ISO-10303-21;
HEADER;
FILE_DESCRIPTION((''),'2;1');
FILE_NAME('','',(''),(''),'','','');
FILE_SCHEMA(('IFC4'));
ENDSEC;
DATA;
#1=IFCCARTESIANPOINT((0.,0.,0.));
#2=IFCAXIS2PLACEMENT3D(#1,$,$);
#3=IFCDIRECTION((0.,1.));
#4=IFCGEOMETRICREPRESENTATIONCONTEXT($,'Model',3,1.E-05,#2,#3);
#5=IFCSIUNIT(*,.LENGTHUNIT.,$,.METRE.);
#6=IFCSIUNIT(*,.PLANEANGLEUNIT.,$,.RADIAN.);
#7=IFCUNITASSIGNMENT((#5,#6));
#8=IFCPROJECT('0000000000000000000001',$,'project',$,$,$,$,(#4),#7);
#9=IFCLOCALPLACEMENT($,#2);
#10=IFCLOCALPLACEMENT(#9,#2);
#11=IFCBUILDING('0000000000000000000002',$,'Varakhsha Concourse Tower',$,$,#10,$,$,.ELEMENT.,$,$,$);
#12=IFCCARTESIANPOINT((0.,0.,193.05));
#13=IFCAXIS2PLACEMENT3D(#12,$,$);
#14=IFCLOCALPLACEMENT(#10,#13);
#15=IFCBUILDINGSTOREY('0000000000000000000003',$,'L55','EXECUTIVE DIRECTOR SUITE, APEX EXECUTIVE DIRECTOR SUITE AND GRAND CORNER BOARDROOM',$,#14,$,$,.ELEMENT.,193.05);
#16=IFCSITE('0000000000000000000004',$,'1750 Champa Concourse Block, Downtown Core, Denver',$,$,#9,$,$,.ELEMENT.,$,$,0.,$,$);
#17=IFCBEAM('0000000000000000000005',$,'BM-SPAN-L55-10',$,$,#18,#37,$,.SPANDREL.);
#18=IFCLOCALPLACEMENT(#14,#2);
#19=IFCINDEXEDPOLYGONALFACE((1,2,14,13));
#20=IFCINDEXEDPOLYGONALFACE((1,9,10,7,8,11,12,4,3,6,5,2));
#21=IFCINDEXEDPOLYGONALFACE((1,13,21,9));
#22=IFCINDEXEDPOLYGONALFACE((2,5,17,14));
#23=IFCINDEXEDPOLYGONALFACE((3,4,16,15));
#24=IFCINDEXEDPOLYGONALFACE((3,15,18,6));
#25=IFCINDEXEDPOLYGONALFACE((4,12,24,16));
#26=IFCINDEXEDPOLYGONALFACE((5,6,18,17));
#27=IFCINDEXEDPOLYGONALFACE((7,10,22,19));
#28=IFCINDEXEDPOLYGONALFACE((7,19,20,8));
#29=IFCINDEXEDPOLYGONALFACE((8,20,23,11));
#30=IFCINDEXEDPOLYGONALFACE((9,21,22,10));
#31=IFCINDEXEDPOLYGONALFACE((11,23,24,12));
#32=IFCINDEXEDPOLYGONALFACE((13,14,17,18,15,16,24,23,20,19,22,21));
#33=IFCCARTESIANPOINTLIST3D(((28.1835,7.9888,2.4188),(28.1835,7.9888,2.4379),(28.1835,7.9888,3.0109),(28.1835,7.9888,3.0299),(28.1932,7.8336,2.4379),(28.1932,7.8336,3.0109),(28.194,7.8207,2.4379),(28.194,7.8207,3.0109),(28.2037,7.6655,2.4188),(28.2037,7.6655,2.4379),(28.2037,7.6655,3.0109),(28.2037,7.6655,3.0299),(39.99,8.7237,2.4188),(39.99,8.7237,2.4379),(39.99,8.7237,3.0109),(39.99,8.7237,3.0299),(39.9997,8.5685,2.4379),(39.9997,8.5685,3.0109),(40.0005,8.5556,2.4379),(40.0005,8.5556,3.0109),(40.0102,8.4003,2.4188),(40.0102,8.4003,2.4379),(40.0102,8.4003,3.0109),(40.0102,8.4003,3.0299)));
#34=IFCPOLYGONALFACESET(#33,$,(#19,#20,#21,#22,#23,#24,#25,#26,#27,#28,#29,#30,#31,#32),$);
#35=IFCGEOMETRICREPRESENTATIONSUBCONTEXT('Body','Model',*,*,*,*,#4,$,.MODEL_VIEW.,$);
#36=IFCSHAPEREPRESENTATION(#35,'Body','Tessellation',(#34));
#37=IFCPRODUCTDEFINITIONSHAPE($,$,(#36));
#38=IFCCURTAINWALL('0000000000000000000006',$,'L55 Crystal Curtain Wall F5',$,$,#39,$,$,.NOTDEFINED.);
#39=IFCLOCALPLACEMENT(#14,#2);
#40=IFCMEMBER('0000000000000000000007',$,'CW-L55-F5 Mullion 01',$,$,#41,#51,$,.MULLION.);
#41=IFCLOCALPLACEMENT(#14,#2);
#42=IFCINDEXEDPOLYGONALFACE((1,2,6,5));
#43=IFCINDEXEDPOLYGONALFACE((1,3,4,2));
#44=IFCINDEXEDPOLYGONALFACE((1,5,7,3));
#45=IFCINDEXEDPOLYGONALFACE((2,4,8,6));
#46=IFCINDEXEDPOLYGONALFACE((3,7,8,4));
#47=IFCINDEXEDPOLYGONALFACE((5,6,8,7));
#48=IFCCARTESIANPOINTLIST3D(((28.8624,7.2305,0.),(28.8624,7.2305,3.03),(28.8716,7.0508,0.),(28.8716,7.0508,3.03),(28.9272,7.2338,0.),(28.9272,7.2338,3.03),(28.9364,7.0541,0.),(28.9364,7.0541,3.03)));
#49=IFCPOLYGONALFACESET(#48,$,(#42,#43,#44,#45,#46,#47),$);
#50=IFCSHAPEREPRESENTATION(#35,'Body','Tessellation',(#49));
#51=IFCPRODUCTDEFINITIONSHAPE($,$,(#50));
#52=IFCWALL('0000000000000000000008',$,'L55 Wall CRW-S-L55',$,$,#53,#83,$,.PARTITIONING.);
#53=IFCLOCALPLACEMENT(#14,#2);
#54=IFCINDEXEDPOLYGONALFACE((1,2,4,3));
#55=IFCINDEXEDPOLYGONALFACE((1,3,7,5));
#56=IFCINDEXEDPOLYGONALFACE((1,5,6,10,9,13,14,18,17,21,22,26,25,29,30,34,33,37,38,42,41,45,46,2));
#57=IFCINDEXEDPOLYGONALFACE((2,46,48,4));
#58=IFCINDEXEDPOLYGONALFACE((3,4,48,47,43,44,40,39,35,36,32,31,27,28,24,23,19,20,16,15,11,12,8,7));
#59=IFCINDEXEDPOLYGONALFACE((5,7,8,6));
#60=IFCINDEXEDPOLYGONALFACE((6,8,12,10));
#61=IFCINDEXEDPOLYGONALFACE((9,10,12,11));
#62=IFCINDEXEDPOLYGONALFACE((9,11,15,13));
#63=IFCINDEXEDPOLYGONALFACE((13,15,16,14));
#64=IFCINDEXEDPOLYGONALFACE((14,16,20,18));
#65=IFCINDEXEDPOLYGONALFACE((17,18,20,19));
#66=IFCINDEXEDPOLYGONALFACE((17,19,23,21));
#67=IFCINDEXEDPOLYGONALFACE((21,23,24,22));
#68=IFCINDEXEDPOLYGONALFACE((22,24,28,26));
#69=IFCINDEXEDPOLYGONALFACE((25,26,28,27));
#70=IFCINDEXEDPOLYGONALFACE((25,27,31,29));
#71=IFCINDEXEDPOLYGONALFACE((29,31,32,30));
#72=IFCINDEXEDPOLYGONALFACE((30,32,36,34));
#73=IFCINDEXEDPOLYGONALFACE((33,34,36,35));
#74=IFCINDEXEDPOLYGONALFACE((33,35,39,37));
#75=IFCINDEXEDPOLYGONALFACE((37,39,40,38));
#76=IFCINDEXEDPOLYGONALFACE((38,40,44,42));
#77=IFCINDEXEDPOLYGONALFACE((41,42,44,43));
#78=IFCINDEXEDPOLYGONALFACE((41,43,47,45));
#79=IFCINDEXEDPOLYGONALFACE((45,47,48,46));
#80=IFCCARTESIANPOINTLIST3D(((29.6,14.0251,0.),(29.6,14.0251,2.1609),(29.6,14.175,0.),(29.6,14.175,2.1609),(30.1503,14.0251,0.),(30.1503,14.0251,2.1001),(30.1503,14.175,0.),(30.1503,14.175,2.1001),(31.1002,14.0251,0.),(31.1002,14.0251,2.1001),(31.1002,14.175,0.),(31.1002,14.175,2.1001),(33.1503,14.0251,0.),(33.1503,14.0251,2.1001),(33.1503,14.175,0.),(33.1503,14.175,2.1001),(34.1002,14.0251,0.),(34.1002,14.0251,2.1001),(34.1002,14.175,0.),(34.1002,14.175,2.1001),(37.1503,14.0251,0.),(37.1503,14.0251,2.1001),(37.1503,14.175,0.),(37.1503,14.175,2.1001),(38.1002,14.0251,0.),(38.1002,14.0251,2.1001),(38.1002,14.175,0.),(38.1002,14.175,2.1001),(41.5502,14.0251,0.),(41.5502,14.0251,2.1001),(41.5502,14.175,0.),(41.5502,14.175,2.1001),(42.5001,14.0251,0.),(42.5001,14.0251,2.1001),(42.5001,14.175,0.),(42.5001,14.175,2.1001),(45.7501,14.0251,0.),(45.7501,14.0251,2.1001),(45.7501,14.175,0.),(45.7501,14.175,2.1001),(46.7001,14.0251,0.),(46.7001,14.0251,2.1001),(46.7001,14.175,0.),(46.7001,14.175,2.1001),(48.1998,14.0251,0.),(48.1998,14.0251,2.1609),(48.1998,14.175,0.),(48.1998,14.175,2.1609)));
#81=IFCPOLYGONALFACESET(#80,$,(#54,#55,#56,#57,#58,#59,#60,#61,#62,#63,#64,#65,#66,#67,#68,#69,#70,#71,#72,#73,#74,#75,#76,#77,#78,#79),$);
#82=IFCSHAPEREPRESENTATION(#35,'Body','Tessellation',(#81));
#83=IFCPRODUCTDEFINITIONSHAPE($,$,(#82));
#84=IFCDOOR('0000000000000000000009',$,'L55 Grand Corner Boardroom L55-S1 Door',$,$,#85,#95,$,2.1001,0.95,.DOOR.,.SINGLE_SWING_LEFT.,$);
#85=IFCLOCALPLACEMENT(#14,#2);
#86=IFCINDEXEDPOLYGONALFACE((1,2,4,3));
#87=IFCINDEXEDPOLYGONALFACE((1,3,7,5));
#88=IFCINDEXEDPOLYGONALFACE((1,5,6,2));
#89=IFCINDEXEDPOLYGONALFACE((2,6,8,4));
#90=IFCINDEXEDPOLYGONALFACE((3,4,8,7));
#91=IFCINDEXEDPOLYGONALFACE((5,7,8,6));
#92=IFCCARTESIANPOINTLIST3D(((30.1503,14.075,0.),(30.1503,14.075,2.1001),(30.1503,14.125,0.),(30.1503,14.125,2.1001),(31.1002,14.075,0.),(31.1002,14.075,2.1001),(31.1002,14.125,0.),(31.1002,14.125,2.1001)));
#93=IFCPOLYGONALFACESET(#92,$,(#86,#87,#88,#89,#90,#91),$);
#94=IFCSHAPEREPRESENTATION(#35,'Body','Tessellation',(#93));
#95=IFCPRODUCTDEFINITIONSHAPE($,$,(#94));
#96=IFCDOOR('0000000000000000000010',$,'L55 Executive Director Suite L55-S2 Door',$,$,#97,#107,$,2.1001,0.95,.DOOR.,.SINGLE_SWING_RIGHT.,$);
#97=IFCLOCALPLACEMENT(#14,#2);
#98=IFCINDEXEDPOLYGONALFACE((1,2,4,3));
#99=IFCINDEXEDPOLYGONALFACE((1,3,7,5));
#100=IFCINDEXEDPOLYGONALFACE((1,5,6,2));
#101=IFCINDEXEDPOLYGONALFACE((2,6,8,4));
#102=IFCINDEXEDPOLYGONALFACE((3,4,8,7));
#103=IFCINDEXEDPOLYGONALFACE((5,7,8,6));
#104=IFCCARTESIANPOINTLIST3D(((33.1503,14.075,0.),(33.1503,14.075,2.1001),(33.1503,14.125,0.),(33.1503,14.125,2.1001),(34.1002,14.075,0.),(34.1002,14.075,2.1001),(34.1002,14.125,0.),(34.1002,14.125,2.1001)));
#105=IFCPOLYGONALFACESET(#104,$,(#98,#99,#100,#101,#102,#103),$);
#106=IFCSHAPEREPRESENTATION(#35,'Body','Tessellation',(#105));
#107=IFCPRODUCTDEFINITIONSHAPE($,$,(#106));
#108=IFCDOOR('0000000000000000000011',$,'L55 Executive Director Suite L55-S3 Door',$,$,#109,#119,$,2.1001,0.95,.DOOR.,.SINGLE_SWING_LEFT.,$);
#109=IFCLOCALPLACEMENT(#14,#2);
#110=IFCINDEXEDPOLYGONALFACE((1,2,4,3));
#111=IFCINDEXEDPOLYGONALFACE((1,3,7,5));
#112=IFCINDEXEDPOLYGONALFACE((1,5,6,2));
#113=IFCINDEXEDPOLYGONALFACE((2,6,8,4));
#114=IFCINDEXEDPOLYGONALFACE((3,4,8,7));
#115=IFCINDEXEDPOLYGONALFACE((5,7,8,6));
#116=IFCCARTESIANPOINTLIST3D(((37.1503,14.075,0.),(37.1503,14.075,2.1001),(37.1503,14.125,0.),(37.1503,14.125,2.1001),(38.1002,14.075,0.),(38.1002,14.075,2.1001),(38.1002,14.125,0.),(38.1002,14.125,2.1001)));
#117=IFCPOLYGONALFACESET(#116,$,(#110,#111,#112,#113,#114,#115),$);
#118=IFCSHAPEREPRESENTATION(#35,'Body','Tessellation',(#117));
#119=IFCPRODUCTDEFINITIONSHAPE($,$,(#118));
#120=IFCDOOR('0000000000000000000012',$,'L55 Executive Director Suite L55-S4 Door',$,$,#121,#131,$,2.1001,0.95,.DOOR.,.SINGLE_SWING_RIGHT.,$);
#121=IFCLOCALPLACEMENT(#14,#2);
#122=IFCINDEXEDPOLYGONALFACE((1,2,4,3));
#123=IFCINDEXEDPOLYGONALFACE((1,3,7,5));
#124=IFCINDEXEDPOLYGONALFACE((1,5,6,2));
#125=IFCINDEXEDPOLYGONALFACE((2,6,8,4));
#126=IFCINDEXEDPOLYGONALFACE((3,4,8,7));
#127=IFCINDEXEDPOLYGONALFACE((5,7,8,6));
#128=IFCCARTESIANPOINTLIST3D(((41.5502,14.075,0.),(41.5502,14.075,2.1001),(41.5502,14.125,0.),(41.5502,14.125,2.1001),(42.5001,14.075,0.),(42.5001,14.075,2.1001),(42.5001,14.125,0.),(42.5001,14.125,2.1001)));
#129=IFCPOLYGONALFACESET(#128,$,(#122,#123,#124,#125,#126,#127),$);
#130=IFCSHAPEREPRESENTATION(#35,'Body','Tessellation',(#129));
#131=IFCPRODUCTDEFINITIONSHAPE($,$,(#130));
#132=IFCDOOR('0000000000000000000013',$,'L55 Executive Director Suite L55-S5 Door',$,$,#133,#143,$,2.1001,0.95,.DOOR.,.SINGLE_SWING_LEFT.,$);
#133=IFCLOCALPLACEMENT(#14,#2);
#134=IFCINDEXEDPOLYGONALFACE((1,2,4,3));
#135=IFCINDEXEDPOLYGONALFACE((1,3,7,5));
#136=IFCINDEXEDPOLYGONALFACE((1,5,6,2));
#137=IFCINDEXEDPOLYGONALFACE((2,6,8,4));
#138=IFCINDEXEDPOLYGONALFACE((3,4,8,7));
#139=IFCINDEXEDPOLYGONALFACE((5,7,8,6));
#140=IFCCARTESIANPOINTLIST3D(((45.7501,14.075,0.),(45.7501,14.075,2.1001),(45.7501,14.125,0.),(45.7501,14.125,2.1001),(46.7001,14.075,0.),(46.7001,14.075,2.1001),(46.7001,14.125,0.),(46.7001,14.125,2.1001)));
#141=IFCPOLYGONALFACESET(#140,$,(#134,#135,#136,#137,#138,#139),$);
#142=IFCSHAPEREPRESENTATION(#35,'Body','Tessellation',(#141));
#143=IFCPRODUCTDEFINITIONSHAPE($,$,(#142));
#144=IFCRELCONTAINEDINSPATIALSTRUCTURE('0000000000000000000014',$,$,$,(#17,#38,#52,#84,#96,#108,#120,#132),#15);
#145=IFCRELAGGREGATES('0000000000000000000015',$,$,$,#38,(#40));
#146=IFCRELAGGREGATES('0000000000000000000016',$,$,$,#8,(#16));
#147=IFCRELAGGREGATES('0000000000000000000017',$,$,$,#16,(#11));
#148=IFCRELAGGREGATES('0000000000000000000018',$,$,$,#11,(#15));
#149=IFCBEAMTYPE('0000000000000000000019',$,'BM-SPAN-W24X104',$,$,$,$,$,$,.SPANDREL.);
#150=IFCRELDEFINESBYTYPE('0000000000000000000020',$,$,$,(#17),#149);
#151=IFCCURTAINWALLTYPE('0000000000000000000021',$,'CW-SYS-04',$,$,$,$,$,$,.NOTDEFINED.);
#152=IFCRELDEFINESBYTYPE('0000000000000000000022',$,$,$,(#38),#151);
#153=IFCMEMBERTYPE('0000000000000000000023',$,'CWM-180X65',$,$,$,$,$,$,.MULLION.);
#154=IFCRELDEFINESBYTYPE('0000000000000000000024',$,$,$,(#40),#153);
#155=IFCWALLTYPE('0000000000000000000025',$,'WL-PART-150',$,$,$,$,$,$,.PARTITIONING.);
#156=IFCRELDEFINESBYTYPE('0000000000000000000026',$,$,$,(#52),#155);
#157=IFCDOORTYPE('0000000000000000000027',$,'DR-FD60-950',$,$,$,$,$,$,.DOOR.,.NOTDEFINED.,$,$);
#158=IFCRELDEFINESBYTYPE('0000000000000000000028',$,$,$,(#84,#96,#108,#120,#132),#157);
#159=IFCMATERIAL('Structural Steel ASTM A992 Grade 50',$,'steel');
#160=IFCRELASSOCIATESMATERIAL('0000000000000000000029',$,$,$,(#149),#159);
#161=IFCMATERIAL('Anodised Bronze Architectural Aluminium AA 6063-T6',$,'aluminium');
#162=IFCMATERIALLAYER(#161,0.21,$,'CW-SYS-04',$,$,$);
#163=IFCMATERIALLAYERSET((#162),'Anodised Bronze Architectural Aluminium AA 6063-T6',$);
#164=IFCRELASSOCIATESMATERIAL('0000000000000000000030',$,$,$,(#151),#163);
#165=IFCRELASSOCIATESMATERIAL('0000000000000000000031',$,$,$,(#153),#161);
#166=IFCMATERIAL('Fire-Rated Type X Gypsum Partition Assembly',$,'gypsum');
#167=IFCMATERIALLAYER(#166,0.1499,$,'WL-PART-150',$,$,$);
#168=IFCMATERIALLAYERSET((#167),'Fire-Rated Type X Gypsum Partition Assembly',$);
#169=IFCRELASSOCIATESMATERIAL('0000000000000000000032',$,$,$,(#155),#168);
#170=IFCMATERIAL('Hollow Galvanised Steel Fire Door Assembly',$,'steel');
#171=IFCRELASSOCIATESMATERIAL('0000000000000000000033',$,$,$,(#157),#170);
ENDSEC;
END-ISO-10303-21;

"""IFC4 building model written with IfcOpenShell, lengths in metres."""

from ifc_helpers import new_model, si_unit, direction, frame, frame_2d, origin, origin_2d, place, context, subcontext, project, spatial, rectangle, i_section, extrude, source, transform, mapped, material, layer, layer_set, material_profile, profile_set, type_object, type_shapes, element, fill, aggregate, save


model = new_model("IFC4")

# Units and contexts
model_context = context("Model", 3, precision=1e-05, world=origin(), true_north=direction((0.0, 1.0)))
body_context = subcontext(model_context, "Body", "Model", "MODEL_VIEW")
ifc_project = project(units=[si_unit("LENGTHUNIT", "METRE"), si_unit("PLANEANGLEUNIT", "RADIAN")], contexts=[model_context])

# Site, building, storey
site_placement = place(None, origin())
site = spatial("IfcSite", under=ifc_project, at=site_placement, Name="1750 Champa Concourse Block, Downtown Core, Denver", CompositionType="ELEMENT", RefElevation=0.0)
building_placement = place(site_placement, origin())
building = spatial("IfcBuilding", under=site, at=building_placement, Name="Varakhsha Concourse Tower", CompositionType="ELEMENT")
storey_placement = place(building_placement, frame((0.0, 0.0, 193.05)))
storey = spatial("IfcBuildingStorey", under=building, at=storey_placement, Name="L55", Description="EXECUTIVE DIRECTOR SUITE, APEX EXECUTIVE DIRECTOR SUITE AND GRAND CORNER BOARDROOM", CompositionType="ELEMENT", Elevation=193.05)

# Shared definitions
ifc_material_1 = material(Name="Structural Steel ASTM A992 Grade 50", Category="steel")

# Beam
ifc_material_profile_1 = material_profile(ifc_material_1, i_section(OverallWidth=0.324, OverallDepth=0.6111, WebThickness=0.0129, FlangeThickness=0.019, at=origin_2d()), Name="W24X104")
ifc_profile_set_1 = profile_set([ifc_material_profile_1], Name="Structural Steel ASTM A992 Grade 50")
beam_type_1 = type_object("IfcBeamType", Name="BM-SPAN-W24X104", PredefinedType="SPANDREL", material=ifc_profile_set_1)
beam_1_placement = place(storey_placement, frame((28.1936, 7.8271, 2.7244), z_axis=(0.998069, 0.062123, 0.0), x_axis=(-0.062123, 0.998069, 0.0)))
element("IfcBeam", 1, at=beam_1_placement, inside=storey, type_object=beam_type_1, Name="BM-SPAN-L55-10", PredefinedType="SPANDREL", context=body_context, shape_type="SweptSolid", body=[
    extrude(i_section(OverallWidth=0.324, OverallDepth=0.6111, WebThickness=0.0129, FlangeThickness=0.019, at=origin_2d()), origin(), (0.0, 0.0, 1.0), 11.8293),
])

# Curtain wall, member
ifc_material_2 = material(Name="Anodised Bronze Architectural Aluminium AA 6063-T6", Category="aluminium")
ifc_layer_1 = layer(ifc_material_2, 0.21, Name="CW-SYS-04")
ifc_layer_set_1 = layer_set([ifc_layer_1], Name="Anodised Bronze Architectural Aluminium AA 6063-T6")
curtain_wall_type = type_object("IfcCurtainWallType", Name="CW-SYS-04", PredefinedType="NOTDEFINED", material=ifc_layer_set_1)
curtain_wall_placement = place(storey_placement, origin())
curtain_wall = element("IfcCurtainWall", 2, at=curtain_wall_placement, inside=storey, type_object=curtain_wall_type, Name="L55 Crystal Curtain Wall F5", PredefinedType="NOTDEFINED")
ifc_material_profile_2 = material_profile(ifc_material_2, rectangle(XDim=0.0649, YDim=0.1799, at=origin_2d()), Name="CWM-180X65")
ifc_profile_set_2 = profile_set([ifc_material_profile_2], Name="Anodised Bronze Architectural Aluminium AA 6063-T6")
member_type = type_object("IfcMemberType", Name="CWM-180X65", PredefinedType="MULLION", material=ifc_profile_set_2)
shared_shape = source(origin(), body_context, "Body", "SweptSolid", [
    extrude(rectangle(XDim=0.0649, YDim=0.1799, at=origin_2d()), origin(), (0.0, 0.0, 1.0), 3.03),
])
type_shapes(member_type, [shared_shape])
member_placement = place(storey_placement, frame((28.8994, 7.1423, 0.0), z_axis=(0.0, 0.0, 1.0), x_axis=(-0.998694, -0.051093, 0.0)))
member = element("IfcMember", 3, at=member_placement, type_object=member_type, Name="CW-L55-F5 Mullion 01", PredefinedType="MULLION", context=body_context, shape_type="MappedRepresentation", body=[
    mapped(shared_shape, transform((0.0, 0.0, 0.0), scale=1.0)),
])
aggregate(curtain_wall, [member])

# Wall, openings, doors
ifc_material_3 = material(Name="Fire-Rated Type X Gypsum Partition Assembly", Category="gypsum")
ifc_layer_2 = layer(ifc_material_3, 0.1499, Name="WL-PART-150")
ifc_layer_set_2 = layer_set([ifc_layer_2], Name="Fire-Rated Type X Gypsum Partition Assembly")
wall_type = type_object("IfcWallType", Name="WL-PART-150", PredefinedType="PARTITIONING", material=ifc_layer_set_2)
wall_1_placement = place(storey_placement, frame((29.6001, 14.1001, 0.0), z_axis=(0.0, 0.0, 1.0), x_axis=(1.0, 0.0, 0.0)))
wall_1 = element("IfcWall", 4, at=wall_1_placement, inside=storey, type_object=wall_type, Name="L55 Wall CRW-S-L55", PredefinedType="PARTITIONING", context=body_context, shape_type="SweptSolid", body=[
    extrude(rectangle(XDim=18.5999, YDim=0.1499, at=frame_2d((9.2998, 0.0))), origin(), (0.0, 0.0, 1.0), 2.1609),
])
opening_1_placement = place(wall_1_placement, frame((0.55, 0.0, 0.0)))
opening_1 = element("IfcOpeningElement", 5, at=opening_1_placement, cuts=wall_1, PredefinedType="OPENING", context=body_context, shape_type="SweptSolid", body=[
    extrude(rectangle(XDim=0.95, YDim=2.1001, at=frame_2d((0.4751, 1.05))), frame((0.0, 0.085, 0.0), z_axis=(0.0, -1.0, 0.0), x_axis=(1.0, 0.0, 0.0)), (0.0, 0.0, 1.0), 0.1699),
])
opening_2_placement = place(wall_1_placement, frame((3.55, 0.0, 0.0)))
opening_2 = element("IfcOpeningElement", 6, at=opening_2_placement, cuts=wall_1, PredefinedType="OPENING", context=body_context, shape_type="SweptSolid", body=[
    extrude(rectangle(XDim=0.95, YDim=2.1001, at=frame_2d((0.4751, 1.05))), frame((0.0, 0.085, 0.0), z_axis=(0.0, -1.0, 0.0), x_axis=(1.0, 0.0, 0.0)), (0.0, 0.0, 1.0), 0.1699),
])
opening_3_placement = place(wall_1_placement, frame((7.55, 0.0, 0.0)))
opening_3 = element("IfcOpeningElement", 7, at=opening_3_placement, cuts=wall_1, PredefinedType="OPENING", context=body_context, shape_type="SweptSolid", body=[
    extrude(rectangle(XDim=0.95, YDim=2.1001, at=frame_2d((0.4751, 1.05))), frame((0.0, 0.085, 0.0), z_axis=(0.0, -1.0, 0.0), x_axis=(1.0, 0.0, 0.0)), (0.0, 0.0, 1.0), 0.1699),
])
opening_4_placement = place(wall_1_placement, frame((11.95, 0.0, 0.0)))
opening_4 = element("IfcOpeningElement", 8, at=opening_4_placement, cuts=wall_1, PredefinedType="OPENING", context=body_context, shape_type="SweptSolid", body=[
    extrude(rectangle(XDim=0.95, YDim=2.1001, at=frame_2d((0.4751, 1.05))), frame((0.0, 0.085, 0.0), z_axis=(0.0, -1.0, 0.0), x_axis=(1.0, 0.0, 0.0)), (0.0, 0.0, 1.0), 0.1699),
])
opening_5_placement = place(wall_1_placement, frame((16.1499, 0.0, 0.0)))
opening_5 = element("IfcOpeningElement", 9, at=opening_5_placement, cuts=wall_1, PredefinedType="OPENING", context=body_context, shape_type="SweptSolid", body=[
    extrude(rectangle(XDim=0.95, YDim=2.1001, at=frame_2d((0.4751, 1.05))), frame((0.0, 0.085, 0.0), z_axis=(0.0, -1.0, 0.0), x_axis=(1.0, 0.0, 0.0)), (0.0, 0.0, 1.0), 0.1699),
])
ifc_material_4 = material(Name="Hollow Galvanised Steel Fire Door Assembly", Category="steel")
door_type_1 = type_object("IfcDoorType", Name="DR-FD60-950", OperationType="NOTDEFINED", PredefinedType="DOOR", material=ifc_material_4)
door_1_placement = place(opening_1_placement, origin())
door_1 = element("IfcDoor", 10, at=door_1_placement, inside=storey, type_object=door_type_1, Name="L55 Grand Corner Boardroom L55-S1 Door", OperationType="SINGLE_SWING_LEFT", OverallHeight=2.1001, OverallWidth=0.95, PredefinedType="DOOR", context=body_context, shape_type="SweptSolid", body=[
    extrude(rectangle(XDim=0.95, YDim=2.1001, at=frame_2d((0.4751, 1.05))), frame((0.0, 0.0249, 0.0), z_axis=(0.0, -1.0, 0.0), x_axis=(1.0, 0.0, 0.0)), (0.0, 0.0, 1.0), 0.05),
])
fill(opening_1, door_1)
door_2_placement = place(opening_2_placement, origin())
door_2 = element("IfcDoor", 11, at=door_2_placement, inside=storey, type_object=door_type_1, Name="L55 Executive Director Suite L55-S2 Door", OperationType="SINGLE_SWING_RIGHT", OverallHeight=2.1001, OverallWidth=0.95, PredefinedType="DOOR", context=body_context, shape_type="SweptSolid", body=[
    extrude(rectangle(XDim=0.95, YDim=2.1001, at=frame_2d((0.4751, 1.05))), frame((0.0, 0.0249, 0.0), z_axis=(0.0, -1.0, 0.0), x_axis=(1.0, 0.0, 0.0)), (0.0, 0.0, 1.0), 0.05),
])
fill(opening_2, door_2)
door_3_placement = place(opening_3_placement, origin())
door_3 = element("IfcDoor", 12, at=door_3_placement, inside=storey, type_object=door_type_1, Name="L55 Executive Director Suite L55-S3 Door", OperationType="SINGLE_SWING_LEFT", OverallHeight=2.1001, OverallWidth=0.95, PredefinedType="DOOR", context=body_context, shape_type="SweptSolid", body=[
    extrude(rectangle(XDim=0.95, YDim=2.1001, at=frame_2d((0.4751, 1.05))), frame((0.0, 0.0249, 0.0), z_axis=(0.0, -1.0, 0.0), x_axis=(1.0, 0.0, 0.0)), (0.0, 0.0, 1.0), 0.05),
])
fill(opening_3, door_3)
door_4_placement = place(opening_4_placement, origin())
door_4 = element("IfcDoor", 13, at=door_4_placement, inside=storey, type_object=door_type_1, Name="L55 Executive Director Suite L55-S4 Door", OperationType="SINGLE_SWING_RIGHT", OverallHeight=2.1001, OverallWidth=0.95, PredefinedType="DOOR", context=body_context, shape_type="SweptSolid", body=[
    extrude(rectangle(XDim=0.95, YDim=2.1001, at=frame_2d((0.4751, 1.05))), frame((0.0, 0.0249, 0.0), z_axis=(0.0, -1.0, 0.0), x_axis=(1.0, 0.0, 0.0)), (0.0, 0.0, 1.0), 0.05),
])
fill(opening_4, door_4)
door_5_placement = place(opening_5_placement, origin())
door_5 = element("IfcDoor", 14, at=door_5_placement, inside=storey, type_object=door_type_1, Name="L55 Executive Director Suite L55-S5 Door", OperationType="SINGLE_SWING_LEFT", OverallHeight=2.1001, OverallWidth=0.95, PredefinedType="DOOR", context=body_context, shape_type="SweptSolid", body=[
    extrude(rectangle(XDim=0.95, YDim=2.1001, at=frame_2d((0.4751, 1.05))), frame((0.0, 0.0249, 0.0), z_axis=(0.0, -1.0, 0.0), x_axis=(1.0, 0.0, 0.0)), (0.0, 0.0, 1.0), 0.05),
])
fill(opening_5, door_5)

save(model, "model.ifc")
